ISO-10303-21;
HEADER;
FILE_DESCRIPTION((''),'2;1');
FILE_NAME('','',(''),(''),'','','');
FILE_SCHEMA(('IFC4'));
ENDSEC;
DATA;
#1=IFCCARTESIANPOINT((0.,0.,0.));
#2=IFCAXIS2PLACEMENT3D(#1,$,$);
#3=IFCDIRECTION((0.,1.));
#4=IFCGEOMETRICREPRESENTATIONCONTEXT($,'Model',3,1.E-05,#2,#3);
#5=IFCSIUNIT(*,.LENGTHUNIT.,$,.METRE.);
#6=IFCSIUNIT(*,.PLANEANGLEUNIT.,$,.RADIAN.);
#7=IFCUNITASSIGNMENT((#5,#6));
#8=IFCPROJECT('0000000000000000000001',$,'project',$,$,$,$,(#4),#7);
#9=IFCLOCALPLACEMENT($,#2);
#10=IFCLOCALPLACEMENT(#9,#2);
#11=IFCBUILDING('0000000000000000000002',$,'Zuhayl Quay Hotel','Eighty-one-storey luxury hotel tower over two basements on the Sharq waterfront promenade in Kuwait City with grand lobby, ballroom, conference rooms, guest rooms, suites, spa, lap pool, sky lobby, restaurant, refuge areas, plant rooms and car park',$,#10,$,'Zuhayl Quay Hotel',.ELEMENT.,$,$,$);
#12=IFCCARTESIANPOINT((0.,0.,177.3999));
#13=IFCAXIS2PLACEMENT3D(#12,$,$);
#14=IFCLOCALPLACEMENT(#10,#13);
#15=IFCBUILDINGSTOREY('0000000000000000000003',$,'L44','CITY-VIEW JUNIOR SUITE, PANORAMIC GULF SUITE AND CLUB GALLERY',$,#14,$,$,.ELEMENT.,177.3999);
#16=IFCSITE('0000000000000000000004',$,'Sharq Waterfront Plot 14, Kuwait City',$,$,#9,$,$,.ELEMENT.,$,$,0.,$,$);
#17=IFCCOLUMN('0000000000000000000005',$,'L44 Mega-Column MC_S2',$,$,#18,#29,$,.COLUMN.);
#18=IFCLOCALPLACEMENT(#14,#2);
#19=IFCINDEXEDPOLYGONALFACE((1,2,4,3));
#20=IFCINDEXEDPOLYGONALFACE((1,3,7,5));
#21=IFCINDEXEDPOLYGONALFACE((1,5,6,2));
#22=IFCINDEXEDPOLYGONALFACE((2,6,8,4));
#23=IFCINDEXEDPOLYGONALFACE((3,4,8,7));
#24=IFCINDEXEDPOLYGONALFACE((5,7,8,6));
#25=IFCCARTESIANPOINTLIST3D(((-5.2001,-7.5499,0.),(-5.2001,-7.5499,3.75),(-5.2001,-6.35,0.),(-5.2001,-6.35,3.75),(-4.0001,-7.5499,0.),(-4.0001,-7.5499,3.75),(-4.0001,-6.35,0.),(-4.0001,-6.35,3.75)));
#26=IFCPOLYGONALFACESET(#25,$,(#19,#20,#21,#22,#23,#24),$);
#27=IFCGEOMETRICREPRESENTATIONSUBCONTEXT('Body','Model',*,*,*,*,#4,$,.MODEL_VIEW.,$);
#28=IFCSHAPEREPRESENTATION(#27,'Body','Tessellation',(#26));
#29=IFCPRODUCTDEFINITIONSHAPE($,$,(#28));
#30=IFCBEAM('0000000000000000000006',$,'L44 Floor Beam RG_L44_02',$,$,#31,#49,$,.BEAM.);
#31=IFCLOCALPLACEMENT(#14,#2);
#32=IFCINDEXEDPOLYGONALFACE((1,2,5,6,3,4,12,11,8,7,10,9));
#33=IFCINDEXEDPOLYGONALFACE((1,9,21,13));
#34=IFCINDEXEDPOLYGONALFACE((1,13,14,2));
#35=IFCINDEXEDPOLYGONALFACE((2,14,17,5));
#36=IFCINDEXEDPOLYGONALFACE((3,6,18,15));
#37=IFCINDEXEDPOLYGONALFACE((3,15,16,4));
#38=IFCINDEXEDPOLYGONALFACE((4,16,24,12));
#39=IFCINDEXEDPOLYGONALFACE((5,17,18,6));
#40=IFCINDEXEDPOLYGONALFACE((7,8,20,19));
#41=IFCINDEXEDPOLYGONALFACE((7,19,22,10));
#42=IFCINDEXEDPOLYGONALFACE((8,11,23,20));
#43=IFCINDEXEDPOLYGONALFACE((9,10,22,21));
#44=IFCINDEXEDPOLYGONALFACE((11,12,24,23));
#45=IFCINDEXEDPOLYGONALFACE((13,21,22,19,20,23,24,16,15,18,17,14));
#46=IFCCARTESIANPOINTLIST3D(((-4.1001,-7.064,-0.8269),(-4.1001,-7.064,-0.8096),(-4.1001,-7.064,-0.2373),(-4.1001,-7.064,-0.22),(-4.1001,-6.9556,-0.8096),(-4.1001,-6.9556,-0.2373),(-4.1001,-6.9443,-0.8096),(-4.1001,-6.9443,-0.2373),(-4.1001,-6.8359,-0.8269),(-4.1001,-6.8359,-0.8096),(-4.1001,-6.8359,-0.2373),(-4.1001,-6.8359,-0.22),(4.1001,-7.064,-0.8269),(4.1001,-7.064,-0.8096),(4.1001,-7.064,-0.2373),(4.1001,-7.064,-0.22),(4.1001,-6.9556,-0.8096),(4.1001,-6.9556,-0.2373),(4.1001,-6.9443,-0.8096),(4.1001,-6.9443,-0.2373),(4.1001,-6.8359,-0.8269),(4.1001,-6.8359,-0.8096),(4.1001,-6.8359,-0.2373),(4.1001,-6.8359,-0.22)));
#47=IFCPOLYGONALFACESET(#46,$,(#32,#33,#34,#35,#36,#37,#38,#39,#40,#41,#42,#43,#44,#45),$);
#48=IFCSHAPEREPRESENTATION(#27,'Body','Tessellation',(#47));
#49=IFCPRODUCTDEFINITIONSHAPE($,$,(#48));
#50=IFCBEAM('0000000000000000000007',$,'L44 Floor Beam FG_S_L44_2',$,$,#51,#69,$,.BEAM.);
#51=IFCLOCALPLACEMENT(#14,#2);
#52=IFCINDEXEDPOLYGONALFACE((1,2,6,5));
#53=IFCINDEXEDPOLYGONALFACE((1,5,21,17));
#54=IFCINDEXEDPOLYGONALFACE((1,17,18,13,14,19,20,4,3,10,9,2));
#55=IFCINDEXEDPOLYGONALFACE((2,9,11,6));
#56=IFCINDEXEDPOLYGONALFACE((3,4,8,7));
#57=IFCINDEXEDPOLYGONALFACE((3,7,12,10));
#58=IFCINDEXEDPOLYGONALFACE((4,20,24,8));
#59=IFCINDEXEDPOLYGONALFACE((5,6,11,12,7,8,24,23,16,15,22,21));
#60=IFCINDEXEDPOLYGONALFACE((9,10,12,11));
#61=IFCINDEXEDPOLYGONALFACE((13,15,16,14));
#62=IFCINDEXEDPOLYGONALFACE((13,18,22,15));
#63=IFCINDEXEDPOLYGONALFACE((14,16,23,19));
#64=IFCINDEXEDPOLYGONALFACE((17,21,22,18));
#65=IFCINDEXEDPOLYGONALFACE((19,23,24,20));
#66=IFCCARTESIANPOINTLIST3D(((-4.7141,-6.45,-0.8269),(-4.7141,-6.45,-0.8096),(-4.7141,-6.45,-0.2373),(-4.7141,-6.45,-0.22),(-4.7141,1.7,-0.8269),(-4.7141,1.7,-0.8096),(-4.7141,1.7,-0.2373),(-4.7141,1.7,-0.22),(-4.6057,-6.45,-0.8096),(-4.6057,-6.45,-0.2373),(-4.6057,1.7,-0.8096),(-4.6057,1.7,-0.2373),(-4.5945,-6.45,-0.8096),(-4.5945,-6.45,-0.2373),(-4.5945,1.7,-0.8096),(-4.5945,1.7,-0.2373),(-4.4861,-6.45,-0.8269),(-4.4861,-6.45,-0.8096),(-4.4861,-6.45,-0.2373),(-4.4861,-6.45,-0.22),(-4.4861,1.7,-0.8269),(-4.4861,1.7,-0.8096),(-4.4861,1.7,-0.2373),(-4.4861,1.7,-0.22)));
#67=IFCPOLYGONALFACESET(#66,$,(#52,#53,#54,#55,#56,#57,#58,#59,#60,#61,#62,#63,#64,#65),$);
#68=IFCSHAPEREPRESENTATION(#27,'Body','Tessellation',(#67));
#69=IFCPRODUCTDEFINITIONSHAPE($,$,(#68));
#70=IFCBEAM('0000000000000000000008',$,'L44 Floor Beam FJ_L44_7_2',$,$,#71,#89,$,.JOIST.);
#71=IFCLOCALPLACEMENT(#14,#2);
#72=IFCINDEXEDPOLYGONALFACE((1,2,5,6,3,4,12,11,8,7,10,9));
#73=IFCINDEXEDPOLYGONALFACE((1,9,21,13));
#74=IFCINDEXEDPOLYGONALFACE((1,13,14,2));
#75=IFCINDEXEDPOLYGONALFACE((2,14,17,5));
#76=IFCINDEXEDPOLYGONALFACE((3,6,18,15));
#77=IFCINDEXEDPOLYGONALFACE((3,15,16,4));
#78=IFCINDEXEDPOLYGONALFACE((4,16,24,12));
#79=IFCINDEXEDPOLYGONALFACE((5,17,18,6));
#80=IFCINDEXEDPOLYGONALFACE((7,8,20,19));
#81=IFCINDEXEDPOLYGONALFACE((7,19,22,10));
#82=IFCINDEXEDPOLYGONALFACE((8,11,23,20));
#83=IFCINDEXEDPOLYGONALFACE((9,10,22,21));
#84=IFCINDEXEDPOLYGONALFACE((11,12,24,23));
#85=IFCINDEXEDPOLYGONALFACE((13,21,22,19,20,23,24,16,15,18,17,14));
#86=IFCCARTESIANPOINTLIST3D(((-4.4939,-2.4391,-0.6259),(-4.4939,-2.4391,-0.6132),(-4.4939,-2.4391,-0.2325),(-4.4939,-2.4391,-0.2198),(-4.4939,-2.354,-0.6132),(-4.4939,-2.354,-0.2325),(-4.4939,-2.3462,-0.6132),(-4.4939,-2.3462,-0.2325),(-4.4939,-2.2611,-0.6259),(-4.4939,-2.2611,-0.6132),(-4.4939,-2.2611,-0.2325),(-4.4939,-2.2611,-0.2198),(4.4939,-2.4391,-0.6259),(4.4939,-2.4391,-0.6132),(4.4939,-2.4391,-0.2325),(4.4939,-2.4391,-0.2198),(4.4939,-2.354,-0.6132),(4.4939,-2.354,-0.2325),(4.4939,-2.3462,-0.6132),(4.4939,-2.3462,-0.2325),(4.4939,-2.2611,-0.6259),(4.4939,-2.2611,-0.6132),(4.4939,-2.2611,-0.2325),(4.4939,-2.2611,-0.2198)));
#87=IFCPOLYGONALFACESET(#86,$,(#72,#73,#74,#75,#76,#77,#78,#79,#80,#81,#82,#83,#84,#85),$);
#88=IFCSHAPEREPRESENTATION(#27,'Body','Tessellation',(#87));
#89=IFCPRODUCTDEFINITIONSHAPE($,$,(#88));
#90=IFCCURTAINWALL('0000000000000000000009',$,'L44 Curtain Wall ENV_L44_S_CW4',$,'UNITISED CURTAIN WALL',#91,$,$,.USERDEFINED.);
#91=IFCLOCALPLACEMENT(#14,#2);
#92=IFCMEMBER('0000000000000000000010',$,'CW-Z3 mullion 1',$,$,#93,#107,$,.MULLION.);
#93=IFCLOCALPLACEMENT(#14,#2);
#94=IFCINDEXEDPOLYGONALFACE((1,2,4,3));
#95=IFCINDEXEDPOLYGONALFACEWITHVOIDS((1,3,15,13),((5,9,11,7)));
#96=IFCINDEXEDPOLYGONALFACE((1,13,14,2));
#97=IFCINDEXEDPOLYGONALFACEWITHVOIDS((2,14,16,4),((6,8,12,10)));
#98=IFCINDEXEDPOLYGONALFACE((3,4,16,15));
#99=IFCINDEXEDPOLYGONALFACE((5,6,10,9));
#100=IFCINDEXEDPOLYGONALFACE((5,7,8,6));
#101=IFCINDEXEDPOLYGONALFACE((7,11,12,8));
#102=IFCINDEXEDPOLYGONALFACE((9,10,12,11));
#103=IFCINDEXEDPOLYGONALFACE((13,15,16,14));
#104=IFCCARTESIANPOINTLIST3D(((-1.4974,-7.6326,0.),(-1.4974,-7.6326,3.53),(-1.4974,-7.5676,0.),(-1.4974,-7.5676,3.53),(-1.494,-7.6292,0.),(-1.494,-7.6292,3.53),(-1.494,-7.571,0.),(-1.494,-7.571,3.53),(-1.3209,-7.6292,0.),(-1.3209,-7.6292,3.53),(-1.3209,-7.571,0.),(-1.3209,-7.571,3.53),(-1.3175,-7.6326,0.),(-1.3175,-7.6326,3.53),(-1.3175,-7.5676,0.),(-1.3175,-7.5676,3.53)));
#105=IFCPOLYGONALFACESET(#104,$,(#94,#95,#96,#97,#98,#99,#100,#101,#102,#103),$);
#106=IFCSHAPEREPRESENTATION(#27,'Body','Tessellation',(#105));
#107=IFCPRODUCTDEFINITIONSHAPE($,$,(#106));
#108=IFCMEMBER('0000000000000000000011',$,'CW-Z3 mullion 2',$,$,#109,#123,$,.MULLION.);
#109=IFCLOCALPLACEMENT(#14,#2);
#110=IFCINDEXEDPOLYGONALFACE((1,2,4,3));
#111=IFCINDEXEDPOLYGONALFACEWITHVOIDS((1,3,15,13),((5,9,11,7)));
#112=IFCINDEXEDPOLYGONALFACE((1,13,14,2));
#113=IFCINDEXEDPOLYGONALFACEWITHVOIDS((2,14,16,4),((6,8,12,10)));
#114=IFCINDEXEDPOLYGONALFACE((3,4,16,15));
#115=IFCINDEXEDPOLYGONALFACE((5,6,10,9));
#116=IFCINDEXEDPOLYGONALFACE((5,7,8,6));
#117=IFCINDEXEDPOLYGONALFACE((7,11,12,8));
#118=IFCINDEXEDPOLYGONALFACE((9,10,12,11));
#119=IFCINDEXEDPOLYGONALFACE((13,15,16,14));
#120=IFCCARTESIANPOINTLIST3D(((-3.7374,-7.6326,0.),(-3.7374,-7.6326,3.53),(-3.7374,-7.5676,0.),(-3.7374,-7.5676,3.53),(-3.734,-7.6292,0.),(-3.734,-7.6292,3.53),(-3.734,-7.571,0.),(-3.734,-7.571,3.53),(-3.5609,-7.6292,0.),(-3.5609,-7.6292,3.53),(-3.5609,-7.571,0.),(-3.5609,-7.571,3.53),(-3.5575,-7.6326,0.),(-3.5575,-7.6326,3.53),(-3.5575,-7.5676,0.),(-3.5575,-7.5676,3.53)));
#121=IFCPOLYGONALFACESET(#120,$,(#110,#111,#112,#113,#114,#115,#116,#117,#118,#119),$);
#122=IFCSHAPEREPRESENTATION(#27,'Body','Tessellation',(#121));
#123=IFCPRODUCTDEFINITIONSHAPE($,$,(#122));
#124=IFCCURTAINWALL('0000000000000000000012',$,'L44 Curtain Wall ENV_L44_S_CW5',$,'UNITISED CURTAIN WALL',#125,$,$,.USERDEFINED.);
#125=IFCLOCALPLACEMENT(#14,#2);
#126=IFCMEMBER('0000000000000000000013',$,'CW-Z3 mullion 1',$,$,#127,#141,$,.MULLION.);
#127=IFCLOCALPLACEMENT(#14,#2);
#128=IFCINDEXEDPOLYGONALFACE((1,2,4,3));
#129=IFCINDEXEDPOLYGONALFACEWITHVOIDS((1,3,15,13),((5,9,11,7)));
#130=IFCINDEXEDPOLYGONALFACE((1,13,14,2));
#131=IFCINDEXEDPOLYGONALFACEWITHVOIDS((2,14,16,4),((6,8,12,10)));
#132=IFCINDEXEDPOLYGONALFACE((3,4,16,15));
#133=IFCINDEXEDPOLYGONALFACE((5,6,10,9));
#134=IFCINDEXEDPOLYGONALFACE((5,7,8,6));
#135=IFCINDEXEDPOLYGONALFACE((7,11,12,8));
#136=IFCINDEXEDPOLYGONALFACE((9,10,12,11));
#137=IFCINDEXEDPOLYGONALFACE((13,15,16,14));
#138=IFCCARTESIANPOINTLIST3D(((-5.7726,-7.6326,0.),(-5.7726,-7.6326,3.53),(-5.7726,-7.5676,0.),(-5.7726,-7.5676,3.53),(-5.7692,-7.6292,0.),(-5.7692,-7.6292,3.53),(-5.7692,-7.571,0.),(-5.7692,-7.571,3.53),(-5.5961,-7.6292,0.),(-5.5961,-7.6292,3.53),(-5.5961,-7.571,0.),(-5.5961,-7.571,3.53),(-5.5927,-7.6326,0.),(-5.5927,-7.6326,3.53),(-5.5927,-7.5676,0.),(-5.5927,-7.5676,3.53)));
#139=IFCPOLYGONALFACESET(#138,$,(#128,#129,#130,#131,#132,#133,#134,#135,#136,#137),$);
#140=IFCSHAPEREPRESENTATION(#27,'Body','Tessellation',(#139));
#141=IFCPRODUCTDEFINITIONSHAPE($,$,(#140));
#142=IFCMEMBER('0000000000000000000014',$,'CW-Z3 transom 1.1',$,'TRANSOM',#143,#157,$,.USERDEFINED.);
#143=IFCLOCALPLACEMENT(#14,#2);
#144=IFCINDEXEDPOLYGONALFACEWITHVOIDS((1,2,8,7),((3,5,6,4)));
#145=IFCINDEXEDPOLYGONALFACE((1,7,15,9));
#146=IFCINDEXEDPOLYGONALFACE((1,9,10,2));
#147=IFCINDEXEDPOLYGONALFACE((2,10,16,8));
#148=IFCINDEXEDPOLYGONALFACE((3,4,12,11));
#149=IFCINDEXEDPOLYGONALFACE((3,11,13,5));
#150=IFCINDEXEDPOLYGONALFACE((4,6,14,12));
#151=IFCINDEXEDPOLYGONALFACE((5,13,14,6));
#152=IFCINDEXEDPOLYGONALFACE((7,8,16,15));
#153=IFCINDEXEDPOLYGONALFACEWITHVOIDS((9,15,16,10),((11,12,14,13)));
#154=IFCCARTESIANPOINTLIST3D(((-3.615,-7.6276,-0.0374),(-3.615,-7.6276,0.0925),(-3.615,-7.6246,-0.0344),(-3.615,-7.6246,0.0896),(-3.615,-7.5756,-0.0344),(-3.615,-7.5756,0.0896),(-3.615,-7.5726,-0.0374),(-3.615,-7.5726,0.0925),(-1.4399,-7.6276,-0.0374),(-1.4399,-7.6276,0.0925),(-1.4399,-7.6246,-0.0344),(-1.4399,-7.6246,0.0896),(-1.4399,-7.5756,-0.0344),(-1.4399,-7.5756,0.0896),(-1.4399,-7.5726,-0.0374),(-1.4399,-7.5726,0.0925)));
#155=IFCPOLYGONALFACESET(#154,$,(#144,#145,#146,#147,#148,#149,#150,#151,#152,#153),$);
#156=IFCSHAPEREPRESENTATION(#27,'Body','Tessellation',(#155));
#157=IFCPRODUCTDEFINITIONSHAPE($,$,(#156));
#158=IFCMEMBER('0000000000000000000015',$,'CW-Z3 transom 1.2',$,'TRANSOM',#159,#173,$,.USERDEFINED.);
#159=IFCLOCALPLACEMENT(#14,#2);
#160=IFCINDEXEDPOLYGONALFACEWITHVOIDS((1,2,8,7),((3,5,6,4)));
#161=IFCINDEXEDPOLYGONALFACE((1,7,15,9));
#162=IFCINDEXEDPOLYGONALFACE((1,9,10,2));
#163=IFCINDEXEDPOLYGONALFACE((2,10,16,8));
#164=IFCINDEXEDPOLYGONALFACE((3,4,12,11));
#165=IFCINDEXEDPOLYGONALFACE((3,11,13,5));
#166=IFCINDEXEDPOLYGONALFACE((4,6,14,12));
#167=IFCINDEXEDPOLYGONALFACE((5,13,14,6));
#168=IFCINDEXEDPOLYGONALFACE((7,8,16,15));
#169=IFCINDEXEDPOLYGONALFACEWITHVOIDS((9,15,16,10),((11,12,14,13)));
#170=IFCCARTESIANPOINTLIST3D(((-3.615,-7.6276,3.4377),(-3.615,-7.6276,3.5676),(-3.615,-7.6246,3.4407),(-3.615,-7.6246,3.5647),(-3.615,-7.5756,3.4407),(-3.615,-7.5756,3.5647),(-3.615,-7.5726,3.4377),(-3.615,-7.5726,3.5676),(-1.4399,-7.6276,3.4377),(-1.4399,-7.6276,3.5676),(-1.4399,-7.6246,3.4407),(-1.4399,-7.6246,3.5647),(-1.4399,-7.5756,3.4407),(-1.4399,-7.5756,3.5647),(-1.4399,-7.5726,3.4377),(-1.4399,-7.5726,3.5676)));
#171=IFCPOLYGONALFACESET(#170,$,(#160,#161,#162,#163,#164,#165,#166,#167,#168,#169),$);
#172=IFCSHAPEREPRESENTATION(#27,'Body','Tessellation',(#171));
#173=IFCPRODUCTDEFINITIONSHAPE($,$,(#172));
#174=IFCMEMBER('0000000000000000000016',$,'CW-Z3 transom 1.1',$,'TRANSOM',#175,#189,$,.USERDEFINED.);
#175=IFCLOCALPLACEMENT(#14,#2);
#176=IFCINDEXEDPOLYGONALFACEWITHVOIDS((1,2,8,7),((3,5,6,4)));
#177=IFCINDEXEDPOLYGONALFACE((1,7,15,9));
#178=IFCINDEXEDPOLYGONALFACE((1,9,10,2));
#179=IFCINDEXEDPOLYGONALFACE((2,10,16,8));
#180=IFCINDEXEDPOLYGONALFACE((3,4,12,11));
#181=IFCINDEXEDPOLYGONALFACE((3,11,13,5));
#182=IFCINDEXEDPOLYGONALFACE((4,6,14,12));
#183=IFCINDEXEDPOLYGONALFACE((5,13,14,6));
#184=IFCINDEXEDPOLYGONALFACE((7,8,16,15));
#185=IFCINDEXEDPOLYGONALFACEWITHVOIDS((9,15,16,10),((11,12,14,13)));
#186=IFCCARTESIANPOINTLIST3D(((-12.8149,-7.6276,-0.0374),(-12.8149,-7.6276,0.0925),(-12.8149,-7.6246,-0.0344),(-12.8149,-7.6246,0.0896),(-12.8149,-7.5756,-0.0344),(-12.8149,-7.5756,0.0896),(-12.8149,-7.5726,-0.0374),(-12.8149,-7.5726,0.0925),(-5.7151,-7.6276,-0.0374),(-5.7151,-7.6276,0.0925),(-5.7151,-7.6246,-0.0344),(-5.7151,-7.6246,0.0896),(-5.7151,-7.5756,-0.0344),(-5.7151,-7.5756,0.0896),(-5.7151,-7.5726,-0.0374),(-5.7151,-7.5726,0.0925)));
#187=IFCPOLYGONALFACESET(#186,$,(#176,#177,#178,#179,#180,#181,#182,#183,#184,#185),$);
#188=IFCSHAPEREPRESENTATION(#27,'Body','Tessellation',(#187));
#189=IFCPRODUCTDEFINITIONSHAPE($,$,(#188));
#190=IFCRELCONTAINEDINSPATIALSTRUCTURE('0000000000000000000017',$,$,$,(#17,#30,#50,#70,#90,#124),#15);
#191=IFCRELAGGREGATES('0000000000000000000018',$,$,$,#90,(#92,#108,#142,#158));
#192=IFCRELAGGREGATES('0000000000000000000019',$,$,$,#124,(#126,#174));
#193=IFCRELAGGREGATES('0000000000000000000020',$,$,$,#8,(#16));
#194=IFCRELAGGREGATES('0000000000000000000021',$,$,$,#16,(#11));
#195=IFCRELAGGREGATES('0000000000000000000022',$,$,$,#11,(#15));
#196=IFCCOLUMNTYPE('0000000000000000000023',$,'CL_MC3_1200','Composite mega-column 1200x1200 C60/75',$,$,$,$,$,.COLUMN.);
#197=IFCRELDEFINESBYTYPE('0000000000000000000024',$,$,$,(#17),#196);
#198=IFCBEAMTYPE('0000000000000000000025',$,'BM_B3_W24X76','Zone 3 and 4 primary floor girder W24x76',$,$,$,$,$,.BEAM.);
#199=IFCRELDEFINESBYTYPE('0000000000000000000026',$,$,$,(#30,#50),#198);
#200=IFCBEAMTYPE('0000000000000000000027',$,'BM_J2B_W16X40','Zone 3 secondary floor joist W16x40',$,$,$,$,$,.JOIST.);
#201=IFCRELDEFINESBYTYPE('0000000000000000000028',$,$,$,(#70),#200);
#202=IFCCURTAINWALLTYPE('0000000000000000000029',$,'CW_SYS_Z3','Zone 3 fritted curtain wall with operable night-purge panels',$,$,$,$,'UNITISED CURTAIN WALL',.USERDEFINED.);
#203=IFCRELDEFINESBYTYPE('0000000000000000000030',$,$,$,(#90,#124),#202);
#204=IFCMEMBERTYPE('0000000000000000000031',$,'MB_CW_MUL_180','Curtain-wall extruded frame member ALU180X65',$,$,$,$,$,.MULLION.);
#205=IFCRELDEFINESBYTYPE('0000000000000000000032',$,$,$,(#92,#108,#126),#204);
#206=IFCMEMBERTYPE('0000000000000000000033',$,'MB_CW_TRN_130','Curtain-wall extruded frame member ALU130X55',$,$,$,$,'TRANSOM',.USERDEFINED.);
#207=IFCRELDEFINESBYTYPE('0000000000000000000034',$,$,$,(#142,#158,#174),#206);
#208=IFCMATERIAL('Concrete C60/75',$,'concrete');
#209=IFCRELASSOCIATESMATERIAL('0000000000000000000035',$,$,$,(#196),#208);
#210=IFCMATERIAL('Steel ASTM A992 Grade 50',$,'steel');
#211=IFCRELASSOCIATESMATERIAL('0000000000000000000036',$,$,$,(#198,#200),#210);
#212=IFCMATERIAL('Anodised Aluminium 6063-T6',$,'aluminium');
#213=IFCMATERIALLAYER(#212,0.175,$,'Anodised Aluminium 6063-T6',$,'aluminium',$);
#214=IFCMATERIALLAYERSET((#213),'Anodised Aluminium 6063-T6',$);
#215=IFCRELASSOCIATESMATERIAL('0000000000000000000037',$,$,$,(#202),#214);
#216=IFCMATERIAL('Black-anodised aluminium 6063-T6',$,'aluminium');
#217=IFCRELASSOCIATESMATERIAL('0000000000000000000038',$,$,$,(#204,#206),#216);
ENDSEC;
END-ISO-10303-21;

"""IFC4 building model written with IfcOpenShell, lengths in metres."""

from ifc_helpers import new_model, si_unit, direction, frame, origin, origin_2d, place, context, subcontext, project, spatial, rectangle, hollow_rectangle, i_section, extrude, material, layer, layer_set, material_profile, profile_set, type_object, element, aggregate, save


model = new_model("IFC4")

# Units and contexts
model_context = context("Model", 3, precision=1e-05, world=origin(), true_north=direction((0.0, 1.0)))
body_context = subcontext(model_context, "Body", "Model", "MODEL_VIEW")
ifc_project = project(units=[si_unit("LENGTHUNIT", "METRE"), si_unit("PLANEANGLEUNIT", "RADIAN")], contexts=[model_context])

# Site, building, storey
site_placement = place(None, origin())
site = spatial("IfcSite", under=ifc_project, at=site_placement, Name="Sharq Waterfront Plot 14, Kuwait City", CompositionType="ELEMENT", RefElevation=0.0)
building_placement = place(site_placement, origin())
building = spatial("IfcBuilding", under=site, at=building_placement, Name="Zuhayl Quay Hotel", Description="Eighty-one-storey luxury hotel tower over two basements on the Sharq waterfront promenade in Kuwait City with grand lobby, ballroom, conference rooms, guest rooms, suites, spa, lap pool, sky lobby, restaurant, refuge areas, plant rooms and car park", LongName="Zuhayl Quay Hotel", CompositionType="ELEMENT")
storey_placement = place(building_placement, frame((0.0, 0.0, 177.3999)))
storey = spatial("IfcBuildingStorey", under=building, at=storey_placement, Name="L44", Description="CITY-VIEW JUNIOR SUITE, PANORAMIC GULF SUITE AND CLUB GALLERY", CompositionType="ELEMENT", Elevation=177.3999)

# Column
ifc_material_1 = material(Name="Concrete C60/75", Category="concrete")
ifc_material_profile_1 = material_profile(ifc_material_1, rectangle(XDim=1.2, YDim=1.2, at=origin_2d()), Name="RC1200X1200")
ifc_profile_set_1 = profile_set([ifc_material_profile_1], Name="Concrete C60/75")
column_type = type_object("IfcColumnType", Name="CL_MC3_1200", Description="Composite mega-column 1200x1200 C60/75", PredefinedType="COLUMN", material=ifc_profile_set_1)
column_placement = place(storey_placement, frame((-4.6001, -6.95, 0.0), z_axis=(0.0, 0.0, 1.0), x_axis=(1.0, 0.0, 0.0)))
element("IfcColumn", 1, at=column_placement, inside=storey, type_object=column_type, Name="L44 Mega-Column MC_S2", PredefinedType="COLUMN", context=body_context, shape_type="SweptSolid", body=[
    extrude(rectangle(XDim=1.2, YDim=1.2, at=origin_2d()), origin(), (0.0, 0.0, 1.0), 3.75),
])

# Beams
ifc_material_2 = material(Name="Steel ASTM A992 Grade 50", Category="steel")
ifc_material_profile_2 = material_profile(ifc_material_2, i_section(OverallWidth=0.228, OverallDepth=0.6069, WebThickness=0.0112, FlangeThickness=0.0173, at=origin_2d()), Name="W24X76")
ifc_profile_set_2 = profile_set([ifc_material_profile_2], Name="Steel ASTM A992 Grade 50")
beam_type_1 = type_object("IfcBeamType", Name="BM_B3_W24X76", Description="Zone 3 and 4 primary floor girder W24x76", PredefinedType="BEAM", material=ifc_profile_set_2)
beam_1_placement = place(storey_placement, frame((-4.1001, -6.95, -0.5234), z_axis=(1.0, 0.0, 0.0), x_axis=(0.0, 1.0, 0.0)))
element("IfcBeam", 2, at=beam_1_placement, inside=storey, type_object=beam_type_1, Name="L44 Floor Beam RG_L44_02", PredefinedType="BEAM", context=body_context, shape_type="SweptSolid", body=[
    extrude(i_section(OverallWidth=0.228, OverallDepth=0.6069, WebThickness=0.0112, FlangeThickness=0.0173, at=origin_2d()), origin(), (0.0, 0.0, 1.0), 8.2002),
])
beam_2_placement = place(storey_placement, frame((-4.6001, -6.45, -0.5234), z_axis=(0.0, 1.0, 0.0), x_axis=(-1.0, 0.0, 0.0)))
element("IfcBeam", 3, at=beam_2_placement, inside=storey, type_object=beam_type_1, Name="L44 Floor Beam FG_S_L44_2", PredefinedType="BEAM", context=body_context, shape_type="SweptSolid", body=[
    extrude(i_section(OverallWidth=0.228, OverallDepth=0.6069, WebThickness=0.0112, FlangeThickness=0.0173, at=origin_2d()), origin(), (0.0, 0.0, 1.0), 8.1499),
])
ifc_material_profile_3 = material_profile(ifc_material_2, i_section(OverallWidth=0.178, OverallDepth=0.406, WebThickness=0.0078, FlangeThickness=0.0127, at=origin_2d()), Name="W16X40")
ifc_profile_set_3 = profile_set([ifc_material_profile_3], Name="Steel ASTM A992 Grade 50")
beam_type_2 = type_object("IfcBeamType", Name="BM_J2B_W16X40", Description="Zone 3 secondary floor joist W16x40", PredefinedType="JOIST", material=ifc_profile_set_3)
beam_3_placement = place(storey_placement, frame((-4.4939, -2.3501, -0.4229), z_axis=(1.0, 0.0, 0.0), x_axis=(0.0, 1.0, 0.0)))
element("IfcBeam", 4, at=beam_3_placement, inside=storey, type_object=beam_type_2, Name="L44 Floor Beam FJ_L44_7_2", PredefinedType="JOIST", context=body_context, shape_type="SweptSolid", body=[
    extrude(i_section(OverallWidth=0.178, OverallDepth=0.406, WebThickness=0.0078, FlangeThickness=0.0127, at=origin_2d()), origin(), (0.0, 0.0, 1.0), 8.9878),
])

# Curtain wall, members
ifc_material_3 = material(Name="Anodised Aluminium 6063-T6", Category="aluminium")
ifc_layer_1 = layer(ifc_material_3, 0.175, Name="Anodised Aluminium 6063-T6", Category="aluminium")
ifc_layer_set_1 = layer_set([ifc_layer_1], Name="Anodised Aluminium 6063-T6")
curtain_wall_type = type_object("IfcCurtainWallType", Name="CW_SYS_Z3", Description="Zone 3 fritted curtain wall with operable night-purge panels", ElementType="UNITISED CURTAIN WALL", PredefinedType="USERDEFINED", material=ifc_layer_set_1)
curtain_wall_1_placement = place(storey_placement, origin())
curtain_wall_1 = element("IfcCurtainWall", 5, at=curtain_wall_1_placement, inside=storey, type_object=curtain_wall_type, Name="L44 Curtain Wall ENV_L44_S_CW4", ObjectType="UNITISED CURTAIN WALL", PredefinedType="USERDEFINED")
ifc_material_4 = material(Name="Black-anodised aluminium 6063-T6", Category="aluminium")
ifc_material_profile_4 = material_profile(ifc_material_4, hollow_rectangle(XDim=0.0649, YDim=0.1799, WallThickness=0.0034, at=origin_2d()), Name="ALU180X65")
ifc_profile_set_4 = profile_set([ifc_material_profile_4], Name="Black-anodised aluminium 6063-T6")
member_type_1 = type_object("IfcMemberType", Name="MB_CW_MUL_180", Description="Curtain-wall extruded frame member ALU180X65", PredefinedType="MULLION", material=ifc_profile_set_4)
member_1_placement = place(storey_placement, frame((-1.4075, -7.6001, 0.0), z_axis=(0.0, 0.0, 1.0), x_axis=(0.0, -1.0, 0.0)))
member_1 = element("IfcMember", 6, at=member_1_placement, type_object=member_type_1, Name="CW-Z3 mullion 1", PredefinedType="MULLION", context=body_context, shape_type="SweptSolid", body=[
    extrude(hollow_rectangle(XDim=0.0649, YDim=0.1799, WallThickness=0.0034, at=origin_2d()), origin(), (0.0, 0.0, 1.0), 3.53),
])
member_2_placement = place(storey_placement, frame((-3.6475, -7.6001, 0.0), z_axis=(0.0, 0.0, 1.0), x_axis=(0.0, -1.0, 0.0)))
member_2 = element("IfcMember", 7, at=member_2_placement, type_object=member_type_1, Name="CW-Z3 mullion 2", PredefinedType="MULLION", context=body_context, shape_type="SweptSolid", body=[
    extrude(hollow_rectangle(XDim=0.0649, YDim=0.1799, WallThickness=0.0034, at=origin_2d()), origin(), (0.0, 0.0, 1.0), 3.53),
])

# Curtain wall, member
curtain_wall_2_placement = place(storey_placement, origin())
curtain_wall_2 = element("IfcCurtainWall", 8, at=curtain_wall_2_placement, inside=storey, type_object=curtain_wall_type, Name="L44 Curtain Wall ENV_L44_S_CW5", ObjectType="UNITISED CURTAIN WALL", PredefinedType="USERDEFINED")
member_3_placement = place(storey_placement, frame((-5.6826, -7.6001, 0.0), z_axis=(0.0, 0.0, 1.0), x_axis=(0.0, -1.0, 0.0)))
member_3 = element("IfcMember", 9, at=member_3_placement, type_object=member_type_1, Name="CW-Z3 mullion 1", PredefinedType="MULLION", context=body_context, shape_type="SweptSolid", body=[
    extrude(hollow_rectangle(XDim=0.0649, YDim=0.1799, WallThickness=0.0034, at=origin_2d()), origin(), (0.0, 0.0, 1.0), 3.53),
])

# Members
ifc_material_profile_5 = material_profile(ifc_material_4, hollow_rectangle(XDim=0.0549, YDim=0.1299, WallThickness=0.0029, at=origin_2d()), Name="ALU130X55")
ifc_profile_set_5 = profile_set([ifc_material_profile_5], Name="Black-anodised aluminium 6063-T6")
member_type_2 = type_object("IfcMemberType", Name="MB_CW_TRN_130", Description="Curtain-wall extruded frame member ALU130X55", ElementType="TRANSOM", PredefinedType="USERDEFINED", material=ifc_profile_set_5)
member_4_placement = place(storey_placement, frame((-1.4399, -7.6001, 0.0276), z_axis=(-1.0, 0.0, 0.0), x_axis=(0.0, -1.0, 0.0)))
member_4 = element("IfcMember", 10, at=member_4_placement, type_object=member_type_2, Name="CW-Z3 transom 1.1", ObjectType="TRANSOM", PredefinedType="USERDEFINED", context=body_context, shape_type="SweptSolid", body=[
    extrude(hollow_rectangle(XDim=0.0549, YDim=0.1299, WallThickness=0.0029, at=origin_2d()), origin(), (0.0, 0.0, 1.0), 2.175),
])
member_5_placement = place(storey_placement, frame((-1.4399, -7.6001, 3.5027), z_axis=(-1.0, 0.0, 0.0), x_axis=(0.0, -1.0, 0.0)))
member_5 = element("IfcMember", 11, at=member_5_placement, type_object=member_type_2, Name="CW-Z3 transom 1.2", ObjectType="TRANSOM", PredefinedType="USERDEFINED", context=body_context, shape_type="SweptSolid", body=[
    extrude(hollow_rectangle(XDim=0.0549, YDim=0.1299, WallThickness=0.0029, at=origin_2d()), origin(), (0.0, 0.0, 1.0), 2.175),
])
member_6_placement = place(storey_placement, frame((-5.7151, -7.6001, 0.0276), z_axis=(-1.0, 0.0, 0.0), x_axis=(0.0, -1.0, 0.0)))
member_6 = element("IfcMember", 12, at=member_6_placement, type_object=member_type_2, Name="CW-Z3 transom 1.1", ObjectType="TRANSOM", PredefinedType="USERDEFINED", context=body_context, shape_type="SweptSolid", body=[
    extrude(hollow_rectangle(XDim=0.0549, YDim=0.1299, WallThickness=0.0029, at=origin_2d()), origin(), (0.0, 0.0, 1.0), 7.0999),
])

aggregate(curtain_wall_1, [member_1, member_2, member_4, member_5])
aggregate(curtain_wall_2, [member_3, member_6])

save(model, "model.ifc")
